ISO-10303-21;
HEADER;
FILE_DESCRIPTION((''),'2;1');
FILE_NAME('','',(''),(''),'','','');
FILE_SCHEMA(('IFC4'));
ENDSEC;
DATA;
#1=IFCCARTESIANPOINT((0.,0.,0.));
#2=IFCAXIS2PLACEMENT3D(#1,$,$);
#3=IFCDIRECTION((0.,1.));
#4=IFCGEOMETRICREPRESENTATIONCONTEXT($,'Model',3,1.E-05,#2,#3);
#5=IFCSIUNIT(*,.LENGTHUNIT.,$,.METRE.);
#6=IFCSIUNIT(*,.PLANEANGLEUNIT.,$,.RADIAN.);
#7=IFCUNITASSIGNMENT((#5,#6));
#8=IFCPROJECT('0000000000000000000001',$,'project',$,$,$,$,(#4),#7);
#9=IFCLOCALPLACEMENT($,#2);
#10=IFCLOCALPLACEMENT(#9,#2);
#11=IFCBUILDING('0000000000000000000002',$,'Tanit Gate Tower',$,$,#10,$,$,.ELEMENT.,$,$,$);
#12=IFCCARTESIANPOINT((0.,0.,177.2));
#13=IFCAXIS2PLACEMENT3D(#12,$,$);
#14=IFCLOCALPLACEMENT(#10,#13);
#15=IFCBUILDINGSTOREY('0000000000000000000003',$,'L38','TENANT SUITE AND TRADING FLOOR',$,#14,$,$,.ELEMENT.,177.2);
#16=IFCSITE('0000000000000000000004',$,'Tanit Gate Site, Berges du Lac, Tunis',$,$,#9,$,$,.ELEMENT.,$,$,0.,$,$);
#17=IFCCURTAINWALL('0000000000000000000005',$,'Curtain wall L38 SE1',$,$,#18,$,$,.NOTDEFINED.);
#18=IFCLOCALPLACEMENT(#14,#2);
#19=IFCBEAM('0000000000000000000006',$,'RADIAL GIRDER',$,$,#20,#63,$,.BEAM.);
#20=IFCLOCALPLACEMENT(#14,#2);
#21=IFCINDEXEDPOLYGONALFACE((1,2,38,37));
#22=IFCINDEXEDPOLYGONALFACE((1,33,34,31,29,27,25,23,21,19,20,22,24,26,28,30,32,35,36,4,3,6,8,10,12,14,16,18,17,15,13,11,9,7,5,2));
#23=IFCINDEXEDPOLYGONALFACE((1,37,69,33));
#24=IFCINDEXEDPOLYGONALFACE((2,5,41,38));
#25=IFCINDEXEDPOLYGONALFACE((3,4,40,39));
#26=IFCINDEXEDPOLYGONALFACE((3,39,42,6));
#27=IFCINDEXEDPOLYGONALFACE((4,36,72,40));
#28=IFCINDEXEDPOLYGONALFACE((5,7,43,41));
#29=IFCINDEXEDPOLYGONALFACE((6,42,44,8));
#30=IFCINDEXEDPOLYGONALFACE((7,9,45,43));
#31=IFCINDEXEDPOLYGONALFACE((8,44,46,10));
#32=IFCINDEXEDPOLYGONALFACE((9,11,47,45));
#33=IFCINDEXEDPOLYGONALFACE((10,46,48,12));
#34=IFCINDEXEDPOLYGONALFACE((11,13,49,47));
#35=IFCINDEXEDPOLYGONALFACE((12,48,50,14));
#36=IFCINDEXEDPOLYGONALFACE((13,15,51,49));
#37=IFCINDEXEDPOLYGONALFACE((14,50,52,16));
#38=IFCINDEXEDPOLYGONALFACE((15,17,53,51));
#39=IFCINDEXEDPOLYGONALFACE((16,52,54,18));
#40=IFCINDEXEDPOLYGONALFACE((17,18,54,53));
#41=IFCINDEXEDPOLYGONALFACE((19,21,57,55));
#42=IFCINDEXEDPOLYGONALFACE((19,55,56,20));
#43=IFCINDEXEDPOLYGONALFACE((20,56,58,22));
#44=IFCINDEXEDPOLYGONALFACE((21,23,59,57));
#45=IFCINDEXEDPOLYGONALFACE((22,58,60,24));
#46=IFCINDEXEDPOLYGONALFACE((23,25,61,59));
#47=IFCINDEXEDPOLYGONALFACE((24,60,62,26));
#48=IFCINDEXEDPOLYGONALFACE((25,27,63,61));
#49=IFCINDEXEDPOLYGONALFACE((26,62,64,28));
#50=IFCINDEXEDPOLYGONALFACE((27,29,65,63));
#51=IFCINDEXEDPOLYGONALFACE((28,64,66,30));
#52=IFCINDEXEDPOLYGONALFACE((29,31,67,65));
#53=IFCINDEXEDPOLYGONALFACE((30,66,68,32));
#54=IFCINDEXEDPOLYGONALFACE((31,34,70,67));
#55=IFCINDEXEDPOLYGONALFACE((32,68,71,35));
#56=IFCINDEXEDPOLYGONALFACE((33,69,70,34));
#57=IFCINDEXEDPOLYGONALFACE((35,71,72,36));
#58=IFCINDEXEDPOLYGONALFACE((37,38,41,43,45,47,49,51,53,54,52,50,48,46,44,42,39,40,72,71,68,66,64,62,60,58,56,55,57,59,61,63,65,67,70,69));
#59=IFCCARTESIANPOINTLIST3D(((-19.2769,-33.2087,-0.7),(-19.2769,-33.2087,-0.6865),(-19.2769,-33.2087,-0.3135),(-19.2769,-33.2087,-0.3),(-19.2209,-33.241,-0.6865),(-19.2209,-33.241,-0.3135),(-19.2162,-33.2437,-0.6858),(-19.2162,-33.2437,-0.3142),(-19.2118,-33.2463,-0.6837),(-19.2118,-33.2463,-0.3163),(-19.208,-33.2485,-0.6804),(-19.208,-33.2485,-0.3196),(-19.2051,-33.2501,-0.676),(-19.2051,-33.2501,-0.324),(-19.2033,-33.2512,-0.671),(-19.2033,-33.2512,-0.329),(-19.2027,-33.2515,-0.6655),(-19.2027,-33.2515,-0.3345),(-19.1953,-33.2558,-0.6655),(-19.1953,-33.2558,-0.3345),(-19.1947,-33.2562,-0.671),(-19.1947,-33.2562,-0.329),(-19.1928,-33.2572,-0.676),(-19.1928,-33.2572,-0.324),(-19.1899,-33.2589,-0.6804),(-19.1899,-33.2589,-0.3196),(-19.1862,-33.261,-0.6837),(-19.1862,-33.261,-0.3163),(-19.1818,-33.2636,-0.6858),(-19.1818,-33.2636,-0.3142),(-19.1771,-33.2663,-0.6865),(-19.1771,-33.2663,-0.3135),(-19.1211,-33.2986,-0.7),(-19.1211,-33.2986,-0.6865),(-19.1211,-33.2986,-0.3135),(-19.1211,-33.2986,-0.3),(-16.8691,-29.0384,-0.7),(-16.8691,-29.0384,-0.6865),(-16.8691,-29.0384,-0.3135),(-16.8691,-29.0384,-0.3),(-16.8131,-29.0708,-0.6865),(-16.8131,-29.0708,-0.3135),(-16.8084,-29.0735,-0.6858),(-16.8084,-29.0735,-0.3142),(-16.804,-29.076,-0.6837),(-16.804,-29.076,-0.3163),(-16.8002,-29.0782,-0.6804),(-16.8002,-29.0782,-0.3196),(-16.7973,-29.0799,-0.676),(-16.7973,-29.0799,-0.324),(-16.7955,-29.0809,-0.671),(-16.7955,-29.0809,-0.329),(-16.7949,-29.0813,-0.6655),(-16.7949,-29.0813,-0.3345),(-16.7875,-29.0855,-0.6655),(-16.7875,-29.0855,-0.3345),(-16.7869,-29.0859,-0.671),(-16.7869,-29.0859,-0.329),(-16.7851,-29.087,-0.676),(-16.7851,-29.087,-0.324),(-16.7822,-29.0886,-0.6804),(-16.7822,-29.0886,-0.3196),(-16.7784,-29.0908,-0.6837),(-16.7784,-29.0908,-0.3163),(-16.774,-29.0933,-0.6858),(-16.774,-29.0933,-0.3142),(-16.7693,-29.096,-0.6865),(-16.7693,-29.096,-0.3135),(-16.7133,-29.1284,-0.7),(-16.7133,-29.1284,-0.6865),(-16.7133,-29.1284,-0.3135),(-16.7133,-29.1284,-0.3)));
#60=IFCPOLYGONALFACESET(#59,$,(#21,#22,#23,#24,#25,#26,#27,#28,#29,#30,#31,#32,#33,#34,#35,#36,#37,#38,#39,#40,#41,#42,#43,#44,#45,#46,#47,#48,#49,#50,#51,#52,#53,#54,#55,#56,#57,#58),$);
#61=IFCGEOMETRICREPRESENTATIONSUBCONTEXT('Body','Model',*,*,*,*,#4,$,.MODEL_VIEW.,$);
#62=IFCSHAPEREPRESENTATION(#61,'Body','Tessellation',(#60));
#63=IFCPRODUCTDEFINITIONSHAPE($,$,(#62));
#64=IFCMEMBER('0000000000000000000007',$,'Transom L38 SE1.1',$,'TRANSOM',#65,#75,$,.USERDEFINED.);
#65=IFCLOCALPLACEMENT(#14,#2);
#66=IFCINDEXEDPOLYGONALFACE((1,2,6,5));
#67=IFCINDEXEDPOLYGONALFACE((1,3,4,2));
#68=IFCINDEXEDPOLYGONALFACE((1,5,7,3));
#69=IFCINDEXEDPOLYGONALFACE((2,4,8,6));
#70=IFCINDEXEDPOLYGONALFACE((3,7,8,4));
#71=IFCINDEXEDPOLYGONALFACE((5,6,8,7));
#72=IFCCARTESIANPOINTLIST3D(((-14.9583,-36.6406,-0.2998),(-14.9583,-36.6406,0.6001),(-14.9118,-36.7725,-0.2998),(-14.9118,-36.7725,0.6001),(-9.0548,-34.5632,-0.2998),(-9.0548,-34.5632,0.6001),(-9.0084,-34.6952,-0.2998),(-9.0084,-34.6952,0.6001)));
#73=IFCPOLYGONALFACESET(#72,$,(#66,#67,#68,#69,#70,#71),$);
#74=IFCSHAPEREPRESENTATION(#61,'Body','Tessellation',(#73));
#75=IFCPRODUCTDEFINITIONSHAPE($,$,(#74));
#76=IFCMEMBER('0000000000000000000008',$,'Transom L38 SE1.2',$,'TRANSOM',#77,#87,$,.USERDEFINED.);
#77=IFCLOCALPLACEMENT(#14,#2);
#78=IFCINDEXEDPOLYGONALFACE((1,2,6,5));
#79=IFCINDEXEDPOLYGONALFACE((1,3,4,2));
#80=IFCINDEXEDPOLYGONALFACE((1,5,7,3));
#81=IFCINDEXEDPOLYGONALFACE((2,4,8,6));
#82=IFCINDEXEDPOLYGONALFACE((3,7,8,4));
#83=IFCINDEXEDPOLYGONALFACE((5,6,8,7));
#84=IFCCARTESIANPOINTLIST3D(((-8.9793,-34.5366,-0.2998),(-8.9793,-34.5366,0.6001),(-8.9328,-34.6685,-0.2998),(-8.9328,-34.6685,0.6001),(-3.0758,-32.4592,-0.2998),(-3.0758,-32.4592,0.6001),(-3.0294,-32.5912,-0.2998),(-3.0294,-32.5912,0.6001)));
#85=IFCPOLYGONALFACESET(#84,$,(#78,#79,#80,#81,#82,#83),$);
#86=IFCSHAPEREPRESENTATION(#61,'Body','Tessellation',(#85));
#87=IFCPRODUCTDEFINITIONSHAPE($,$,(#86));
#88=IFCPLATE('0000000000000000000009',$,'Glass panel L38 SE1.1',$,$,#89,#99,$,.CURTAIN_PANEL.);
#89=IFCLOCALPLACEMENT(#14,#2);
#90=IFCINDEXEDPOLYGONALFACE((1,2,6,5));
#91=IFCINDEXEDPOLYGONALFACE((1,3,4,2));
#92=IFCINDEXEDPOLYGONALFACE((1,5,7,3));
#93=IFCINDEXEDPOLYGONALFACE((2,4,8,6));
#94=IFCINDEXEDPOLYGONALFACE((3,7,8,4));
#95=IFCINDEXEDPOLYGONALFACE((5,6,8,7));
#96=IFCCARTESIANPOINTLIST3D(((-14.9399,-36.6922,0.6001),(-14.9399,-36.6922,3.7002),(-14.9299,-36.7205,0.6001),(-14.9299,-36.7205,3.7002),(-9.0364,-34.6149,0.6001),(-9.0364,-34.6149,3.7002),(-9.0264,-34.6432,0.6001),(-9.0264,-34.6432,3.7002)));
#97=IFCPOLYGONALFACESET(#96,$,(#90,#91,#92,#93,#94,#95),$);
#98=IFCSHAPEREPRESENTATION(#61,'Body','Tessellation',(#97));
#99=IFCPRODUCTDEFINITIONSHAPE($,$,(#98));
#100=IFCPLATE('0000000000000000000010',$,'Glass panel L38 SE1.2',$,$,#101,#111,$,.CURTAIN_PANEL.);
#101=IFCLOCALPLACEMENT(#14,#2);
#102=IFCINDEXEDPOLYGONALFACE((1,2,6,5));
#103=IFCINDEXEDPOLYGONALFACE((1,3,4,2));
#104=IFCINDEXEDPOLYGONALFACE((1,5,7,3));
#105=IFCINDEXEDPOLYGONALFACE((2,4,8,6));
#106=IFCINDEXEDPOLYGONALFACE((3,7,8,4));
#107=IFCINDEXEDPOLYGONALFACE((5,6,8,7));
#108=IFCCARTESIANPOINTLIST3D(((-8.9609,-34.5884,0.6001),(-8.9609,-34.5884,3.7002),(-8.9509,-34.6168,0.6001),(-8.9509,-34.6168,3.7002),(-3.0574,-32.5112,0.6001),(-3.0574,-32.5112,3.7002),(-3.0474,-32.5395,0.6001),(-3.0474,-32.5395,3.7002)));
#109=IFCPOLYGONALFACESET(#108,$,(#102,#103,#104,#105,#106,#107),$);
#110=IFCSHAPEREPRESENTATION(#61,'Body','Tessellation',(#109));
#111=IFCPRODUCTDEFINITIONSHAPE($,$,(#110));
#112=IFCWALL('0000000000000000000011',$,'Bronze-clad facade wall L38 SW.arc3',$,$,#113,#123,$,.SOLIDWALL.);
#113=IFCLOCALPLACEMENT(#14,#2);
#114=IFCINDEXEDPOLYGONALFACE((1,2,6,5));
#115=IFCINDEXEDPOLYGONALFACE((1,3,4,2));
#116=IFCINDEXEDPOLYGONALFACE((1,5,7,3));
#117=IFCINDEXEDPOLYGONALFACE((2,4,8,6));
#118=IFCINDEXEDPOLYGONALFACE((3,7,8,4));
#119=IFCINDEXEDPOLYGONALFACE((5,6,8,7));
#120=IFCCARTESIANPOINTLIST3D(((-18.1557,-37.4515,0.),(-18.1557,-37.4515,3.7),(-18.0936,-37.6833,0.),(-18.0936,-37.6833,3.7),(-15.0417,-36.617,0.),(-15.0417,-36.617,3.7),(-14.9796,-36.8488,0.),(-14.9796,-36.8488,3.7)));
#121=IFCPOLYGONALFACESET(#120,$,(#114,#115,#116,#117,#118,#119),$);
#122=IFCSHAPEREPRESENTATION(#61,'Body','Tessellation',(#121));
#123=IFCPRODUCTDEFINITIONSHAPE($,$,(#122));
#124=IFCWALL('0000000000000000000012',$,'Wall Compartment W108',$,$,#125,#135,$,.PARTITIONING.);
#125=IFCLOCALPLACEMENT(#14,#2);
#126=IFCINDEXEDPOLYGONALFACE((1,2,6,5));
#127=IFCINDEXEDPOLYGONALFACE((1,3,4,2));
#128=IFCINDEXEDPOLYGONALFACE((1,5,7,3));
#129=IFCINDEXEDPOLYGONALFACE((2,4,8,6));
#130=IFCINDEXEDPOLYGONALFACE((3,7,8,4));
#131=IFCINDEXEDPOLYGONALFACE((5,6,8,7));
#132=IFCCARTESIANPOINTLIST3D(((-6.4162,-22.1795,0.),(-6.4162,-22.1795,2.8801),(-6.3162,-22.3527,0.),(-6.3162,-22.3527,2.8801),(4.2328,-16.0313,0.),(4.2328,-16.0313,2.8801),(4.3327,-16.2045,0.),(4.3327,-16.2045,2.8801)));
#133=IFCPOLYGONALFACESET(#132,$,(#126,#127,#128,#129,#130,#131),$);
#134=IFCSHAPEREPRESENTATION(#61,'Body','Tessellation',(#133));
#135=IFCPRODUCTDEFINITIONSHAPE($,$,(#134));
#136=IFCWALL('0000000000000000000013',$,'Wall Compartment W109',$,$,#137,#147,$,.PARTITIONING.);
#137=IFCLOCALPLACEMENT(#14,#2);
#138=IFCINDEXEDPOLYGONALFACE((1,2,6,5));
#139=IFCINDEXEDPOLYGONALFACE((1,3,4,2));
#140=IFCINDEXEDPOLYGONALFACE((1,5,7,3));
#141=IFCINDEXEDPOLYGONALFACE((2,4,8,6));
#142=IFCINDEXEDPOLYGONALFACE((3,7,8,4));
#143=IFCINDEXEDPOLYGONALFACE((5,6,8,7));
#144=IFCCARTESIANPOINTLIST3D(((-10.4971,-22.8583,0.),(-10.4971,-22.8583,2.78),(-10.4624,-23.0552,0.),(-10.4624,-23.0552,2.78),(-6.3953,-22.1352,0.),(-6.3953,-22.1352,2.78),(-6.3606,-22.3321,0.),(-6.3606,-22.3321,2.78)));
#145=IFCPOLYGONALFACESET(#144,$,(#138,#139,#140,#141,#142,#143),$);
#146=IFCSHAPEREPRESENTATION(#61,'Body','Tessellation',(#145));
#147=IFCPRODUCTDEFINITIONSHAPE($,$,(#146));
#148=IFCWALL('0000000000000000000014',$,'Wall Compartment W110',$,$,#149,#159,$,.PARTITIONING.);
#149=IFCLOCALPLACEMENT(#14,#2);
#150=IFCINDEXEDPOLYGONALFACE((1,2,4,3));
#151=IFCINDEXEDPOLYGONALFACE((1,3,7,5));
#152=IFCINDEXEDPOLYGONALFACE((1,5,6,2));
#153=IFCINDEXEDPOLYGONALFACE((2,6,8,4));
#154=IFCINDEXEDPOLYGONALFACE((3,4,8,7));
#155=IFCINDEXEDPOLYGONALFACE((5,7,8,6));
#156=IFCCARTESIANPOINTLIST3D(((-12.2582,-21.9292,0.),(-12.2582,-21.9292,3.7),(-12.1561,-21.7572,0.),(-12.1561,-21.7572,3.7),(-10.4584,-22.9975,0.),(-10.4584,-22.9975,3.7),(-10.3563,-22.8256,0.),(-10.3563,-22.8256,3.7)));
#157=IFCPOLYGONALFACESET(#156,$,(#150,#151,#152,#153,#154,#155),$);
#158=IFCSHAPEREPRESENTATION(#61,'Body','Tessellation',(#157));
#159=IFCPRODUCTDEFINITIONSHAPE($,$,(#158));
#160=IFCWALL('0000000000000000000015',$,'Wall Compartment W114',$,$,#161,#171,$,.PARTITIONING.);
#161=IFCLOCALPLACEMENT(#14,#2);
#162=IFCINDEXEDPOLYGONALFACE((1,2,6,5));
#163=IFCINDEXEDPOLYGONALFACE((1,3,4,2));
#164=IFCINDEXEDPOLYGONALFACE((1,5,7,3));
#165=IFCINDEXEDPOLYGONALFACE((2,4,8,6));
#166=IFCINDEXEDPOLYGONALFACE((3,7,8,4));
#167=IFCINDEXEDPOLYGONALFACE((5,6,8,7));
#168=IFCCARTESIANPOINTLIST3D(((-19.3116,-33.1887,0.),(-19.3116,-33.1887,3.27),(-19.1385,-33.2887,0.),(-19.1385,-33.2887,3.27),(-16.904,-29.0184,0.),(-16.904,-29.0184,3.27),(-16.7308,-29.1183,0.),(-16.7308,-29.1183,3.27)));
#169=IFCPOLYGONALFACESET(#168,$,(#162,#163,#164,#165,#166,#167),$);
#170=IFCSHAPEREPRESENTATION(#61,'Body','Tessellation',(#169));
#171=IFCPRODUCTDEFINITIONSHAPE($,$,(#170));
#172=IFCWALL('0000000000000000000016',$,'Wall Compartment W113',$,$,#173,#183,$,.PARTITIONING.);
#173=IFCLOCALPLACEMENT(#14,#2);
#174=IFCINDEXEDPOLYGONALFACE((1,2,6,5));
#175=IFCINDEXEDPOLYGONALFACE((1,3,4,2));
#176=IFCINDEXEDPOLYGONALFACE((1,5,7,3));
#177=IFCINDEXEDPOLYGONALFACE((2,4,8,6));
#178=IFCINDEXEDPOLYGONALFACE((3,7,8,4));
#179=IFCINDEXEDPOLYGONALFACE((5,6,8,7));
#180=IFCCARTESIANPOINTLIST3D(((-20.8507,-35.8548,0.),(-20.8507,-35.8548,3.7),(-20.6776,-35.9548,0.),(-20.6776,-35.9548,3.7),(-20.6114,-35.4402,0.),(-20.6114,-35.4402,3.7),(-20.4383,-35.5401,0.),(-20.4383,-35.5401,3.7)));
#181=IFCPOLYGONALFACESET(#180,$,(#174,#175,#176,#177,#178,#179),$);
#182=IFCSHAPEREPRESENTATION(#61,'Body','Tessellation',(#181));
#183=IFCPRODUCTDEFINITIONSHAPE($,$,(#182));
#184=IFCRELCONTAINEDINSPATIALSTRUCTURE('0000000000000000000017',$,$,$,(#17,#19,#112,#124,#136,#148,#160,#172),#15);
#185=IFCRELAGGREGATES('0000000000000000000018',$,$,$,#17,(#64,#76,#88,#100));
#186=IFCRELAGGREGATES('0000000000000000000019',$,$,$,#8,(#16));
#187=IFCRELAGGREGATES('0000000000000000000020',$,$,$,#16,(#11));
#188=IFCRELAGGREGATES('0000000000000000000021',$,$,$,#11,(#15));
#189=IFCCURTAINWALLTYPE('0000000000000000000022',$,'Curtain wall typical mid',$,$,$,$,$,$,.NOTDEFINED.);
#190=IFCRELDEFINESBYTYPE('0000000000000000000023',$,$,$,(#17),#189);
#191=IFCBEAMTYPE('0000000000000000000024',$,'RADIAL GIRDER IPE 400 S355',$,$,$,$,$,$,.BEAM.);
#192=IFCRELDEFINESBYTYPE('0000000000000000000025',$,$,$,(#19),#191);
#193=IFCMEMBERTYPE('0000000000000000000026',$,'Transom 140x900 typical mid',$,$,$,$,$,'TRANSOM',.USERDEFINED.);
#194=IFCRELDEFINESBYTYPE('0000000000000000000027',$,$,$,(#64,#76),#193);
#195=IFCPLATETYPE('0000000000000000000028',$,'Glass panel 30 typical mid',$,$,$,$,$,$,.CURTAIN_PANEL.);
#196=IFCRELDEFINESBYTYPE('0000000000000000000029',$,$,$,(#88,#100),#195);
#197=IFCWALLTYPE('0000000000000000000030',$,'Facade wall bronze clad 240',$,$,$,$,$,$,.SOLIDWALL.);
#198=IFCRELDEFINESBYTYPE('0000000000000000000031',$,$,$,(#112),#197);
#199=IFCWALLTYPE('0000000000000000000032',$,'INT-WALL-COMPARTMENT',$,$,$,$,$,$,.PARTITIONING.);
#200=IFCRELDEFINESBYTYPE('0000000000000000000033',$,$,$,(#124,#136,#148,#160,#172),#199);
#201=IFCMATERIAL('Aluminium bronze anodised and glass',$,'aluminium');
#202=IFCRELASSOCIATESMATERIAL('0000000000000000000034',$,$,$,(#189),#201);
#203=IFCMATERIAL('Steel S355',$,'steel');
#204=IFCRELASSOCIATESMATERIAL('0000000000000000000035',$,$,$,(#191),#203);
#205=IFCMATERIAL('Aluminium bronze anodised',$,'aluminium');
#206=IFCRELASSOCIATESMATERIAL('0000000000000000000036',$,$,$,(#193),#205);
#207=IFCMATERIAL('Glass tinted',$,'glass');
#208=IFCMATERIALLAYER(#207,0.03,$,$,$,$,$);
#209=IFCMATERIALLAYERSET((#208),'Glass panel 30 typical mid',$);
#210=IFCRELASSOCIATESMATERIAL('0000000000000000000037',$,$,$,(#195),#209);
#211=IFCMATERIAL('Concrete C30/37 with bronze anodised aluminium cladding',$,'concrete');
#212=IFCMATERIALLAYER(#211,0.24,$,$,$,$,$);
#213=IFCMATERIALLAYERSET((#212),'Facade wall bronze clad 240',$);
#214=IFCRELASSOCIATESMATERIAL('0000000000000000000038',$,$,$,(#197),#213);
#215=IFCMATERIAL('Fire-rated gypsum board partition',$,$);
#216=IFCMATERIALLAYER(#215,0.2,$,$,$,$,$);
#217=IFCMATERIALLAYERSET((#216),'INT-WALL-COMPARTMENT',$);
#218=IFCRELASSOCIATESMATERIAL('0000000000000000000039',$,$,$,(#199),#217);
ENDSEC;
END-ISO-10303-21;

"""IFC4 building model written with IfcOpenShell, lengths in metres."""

from ifc_helpers import new_model, si_unit, direction, frame, frame_2d, origin, origin_2d, place, context, subcontext, project, spatial, rectangle, i_section, extrude, material, layer, layer_set, material_profile, profile_set, type_object, element, aggregate, save


model = new_model("IFC4")

# Units and contexts
model_context = context("Model", 3, precision=1e-05, world=origin(), true_north=direction((0.0, 1.0)))
body_context = subcontext(model_context, "Body", "Model", "MODEL_VIEW")
ifc_project = project(units=[si_unit("LENGTHUNIT", "METRE"), si_unit("PLANEANGLEUNIT", "RADIAN")], contexts=[model_context])

# Site, building, storey
site_placement = place(None, origin())
site = spatial("IfcSite", under=ifc_project, at=site_placement, Name="Tanit Gate Site, Berges du Lac, Tunis", CompositionType="ELEMENT", RefElevation=0.0)
building_placement = place(site_placement, origin())
building = spatial("IfcBuilding", under=site, at=building_placement, Name="Tanit Gate Tower", CompositionType="ELEMENT")
storey_placement = place(building_placement, frame((0.0, 0.0, 177.2)))
storey = spatial("IfcBuildingStorey", under=building, at=storey_placement, Name="L38", Description="TENANT SUITE AND TRADING FLOOR", CompositionType="ELEMENT", Elevation=177.2)

# Curtain wall
ifc_material_1 = material(Name="Aluminium bronze anodised and glass", Category="aluminium")
curtain_wall_type = type_object("IfcCurtainWallType", Name="Curtain wall typical mid", PredefinedType="NOTDEFINED", material=ifc_material_1)
curtain_wall_placement = place(storey_placement, origin())
curtain_wall = element("IfcCurtainWall", 1, at=curtain_wall_placement, inside=storey, type_object=curtain_wall_type, Name="Curtain wall L38 SE1", PredefinedType="NOTDEFINED")

# Beam
ifc_material_2 = material(Name="Steel S355", Category="steel")
ifc_material_profile_1 = material_profile(ifc_material_2, i_section(OverallWidth=0.1799, OverallDepth=0.3999, WebThickness=0.0085, FlangeThickness=0.0134, FilletRadius=0.021, at=origin_2d()), Name="IPE 400")
ifc_profile_set_1 = profile_set([ifc_material_profile_1], Name="Steel S355")
beam_type_1 = type_object("IfcBeamType", Name="RADIAL GIRDER IPE 400 S355", PredefinedType="BEAM", material=ifc_profile_set_1)
beam_1_placement = place(storey_placement, frame((-19.199, -33.2537, -0.5), z_axis=(0.500011, 0.866019, 0.0), x_axis=(-0.866019, 0.500011, 0.0)))
element("IfcBeam", 2, at=beam_1_placement, inside=storey, type_object=beam_type_1, Name="RADIAL GIRDER", PredefinedType="BEAM", context=body_context, shape_type="SweptSolid", body=[
    extrude(i_section(OverallWidth=0.1799, OverallDepth=0.3999, WebThickness=0.0085, FlangeThickness=0.0134, FilletRadius=0.021, at=origin_2d()), origin(), (0.0, 0.0, 1.0), 4.8154),
])

# Members
ifc_material_3 = material(Name="Aluminium bronze anodised", Category="aluminium")
ifc_material_profile_2 = material_profile(ifc_material_3, rectangle(XDim=0.1399, YDim=0.8999, at=origin_2d()), Name="140x900 bronze transom")
ifc_profile_set_2 = profile_set([ifc_material_profile_2], Name="Aluminium bronze anodised")
member_type_1 = type_object("IfcMemberType", Name="Transom 140x900 typical mid", ElementType="TRANSOM", PredefinedType="USERDEFINED", material=ifc_profile_set_2)
member_1_placement = place(storey_placement, frame((-14.9351, -36.7065, 0.1501), z_axis=(0.943302, 0.331936, 0.0), x_axis=(-0.331936, 0.943302, 0.0)))
member_1 = element("IfcMember", 3, at=member_1_placement, type_object=member_type_1, Name="Transom L38 SE1.1", ObjectType="TRANSOM", PredefinedType="USERDEFINED", context=body_context, shape_type="SweptSolid", body=[
    extrude(rectangle(XDim=0.1399, YDim=0.8999, at=origin_2d()), origin(), (0.0, 0.0, 1.0), 6.2583),
])
member_2_placement = place(storey_placement, frame((-8.9561, -34.6025, 0.1501), z_axis=(0.943302, 0.331936, 0.0), x_axis=(-0.331936, 0.943302, 0.0)))
member_2 = element("IfcMember", 4, at=member_2_placement, type_object=member_type_1, Name="Transom L38 SE1.2", ObjectType="TRANSOM", PredefinedType="USERDEFINED", context=body_context, shape_type="SweptSolid", body=[
    extrude(rectangle(XDim=0.1399, YDim=0.8999, at=origin_2d()), origin(), (0.0, 0.0, 1.0), 6.2583),
])

# Plates
ifc_material_4 = material(Name="Glass tinted", Category="glass")
ifc_layer_1 = layer(ifc_material_4, 0.03)
ifc_layer_set_1 = layer_set([ifc_layer_1], Name="Glass panel 30 typical mid")
plate_type = type_object("IfcPlateType", Name="Glass panel 30 typical mid", PredefinedType="CURTAIN_PANEL", material=ifc_layer_set_1)
plate_1_placement = place(storey_placement, frame((-11.9832, -35.6677, 0.6001), z_axis=(0.0, 0.0, 1.0), x_axis=(0.943305, 0.331926, 0.0)))
plate_1 = element("IfcPlate", 5, at=plate_1_placement, type_object=plate_type, Name="Glass panel L38 SE1.1", PredefinedType="CURTAIN_PANEL", context=body_context, shape_type="SweptSolid", body=[
    extrude(rectangle(XDim=6.2583, YDim=0.03, at=origin_2d()), origin(), (0.0, 0.0, 1.0), 3.1001),
])
plate_2_placement = place(storey_placement, frame((-6.0042, -33.564, 0.6001), z_axis=(0.0, 0.0, 1.0), x_axis=(0.943305, 0.331926, 0.0)))
plate_2 = element("IfcPlate", 6, at=plate_2_placement, type_object=plate_type, Name="Glass panel L38 SE1.2", PredefinedType="CURTAIN_PANEL", context=body_context, shape_type="SweptSolid", body=[
    extrude(rectangle(XDim=6.2583, YDim=0.03, at=origin_2d()), origin(), (0.0, 0.0, 1.0), 3.1001),
])
aggregate(curtain_wall, [member_1, member_2, plate_1, plate_2])

# Walls
ifc_material_5 = material(Name="Concrete C30/37 with bronze anodised aluminium cladding", Category="concrete")
ifc_layer_2 = layer(ifc_material_5, 0.24)
ifc_layer_set_2 = layer_set([ifc_layer_2], Name="Facade wall bronze clad 240")
wall_type_1 = type_object("IfcWallType", Name="Facade wall bronze clad 240", PredefinedType="SOLIDWALL", material=ifc_layer_set_2)
wall_1_placement = place(storey_placement, frame((-18.1245, -37.5674, 0.0), z_axis=(0.0, 0.0, 1.0), x_axis=(0.96592, 0.258841, 0.0)))
element("IfcWall", 7, at=wall_1_placement, inside=storey, type_object=wall_type_1, Name="Bronze-clad facade wall L38 SW.arc3", PredefinedType="SOLIDWALL", context=body_context, shape_type="SweptSolid", body=[
    extrude(rectangle(XDim=3.2239, YDim=0.24, at=frame_2d((1.6118, 0.0))), origin(), (0.0, 0.0, 1.0), 3.7),
])
ifc_material_6 = material(Name="Fire-rated gypsum board partition")
ifc_layer_3 = layer(ifc_material_6, 0.2)
ifc_layer_set_3 = layer_set([ifc_layer_3], Name="INT-WALL-COMPARTMENT")
wall_type_2 = type_object("IfcWallType", Name="INT-WALL-COMPARTMENT", PredefinedType="PARTITIONING", material=ifc_layer_set_3)
wall_2_placement = place(storey_placement, frame((-6.3662, -22.2661, 0.0), z_axis=(0.0, 0.0, 1.0), x_axis=(0.866024, 0.500002, 0.0)))
element("IfcWall", 8, at=wall_2_placement, inside=storey, type_object=wall_type_2, Name="Wall Compartment W108", PredefinedType="PARTITIONING", context=body_context, shape_type="SweptSolid", body=[
    extrude(rectangle(XDim=12.2964, YDim=0.2, at=frame_2d((6.1482, 0.0))), origin(), (0.0, 0.0, 1.0), 2.8801),
])
wall_3_placement = place(storey_placement, frame((-10.4797, -22.9568, 0.0), z_axis=(0.0, 0.0, 1.0), x_axis=(0.984812, 0.173621, 0.0)))
element("IfcWall", 9, at=wall_3_placement, inside=storey, type_object=wall_type_2, Name="Wall Compartment W109", PredefinedType="PARTITIONING", context=body_context, shape_type="SweptSolid", body=[
    extrude(rectangle(XDim=4.165, YDim=0.2, at=frame_2d((2.0825, 0.0))), origin(), (0.0, 0.0, 1.0), 2.78),
])
wall_4_placement = place(storey_placement, frame((-12.207, -21.8433, 0.0), z_axis=(0.0, 0.0, 1.0), x_axis=(0.859912, -0.510442, 0.0)))
element("IfcWall", 10, at=wall_4_placement, inside=storey, type_object=wall_type_2, Name="Wall Compartment W110", PredefinedType="PARTITIONING", context=body_context, shape_type="SweptSolid", body=[
    extrude(rectangle(XDim=2.093, YDim=0.2, at=frame_2d((1.0464, 0.0))), origin(), (0.0, 0.0, 1.0), 3.7),
])
wall_5_placement = place(storey_placement, frame((-16.8174, -29.0684, 0.0), z_axis=(0.0, 0.0, 1.0), x_axis=(-0.499989, -0.866032, 0.0)))
element("IfcWall", 11, at=wall_5_placement, inside=storey, type_object=wall_type_2, Name="Wall Compartment W114", PredefinedType="PARTITIONING", context=body_context, shape_type="SweptSolid", body=[
    extrude(rectangle(XDim=4.8154, YDim=0.2, at=frame_2d((2.4077, 0.0))), origin(), (0.0, 0.0, 1.0), 3.27),
])
wall_6_placement = place(storey_placement, frame((-20.5249, -35.4902, 0.0), z_axis=(0.0, 0.0, 1.0), x_axis=(-0.49987, -0.866101, 0.0)))
element("IfcWall", 12, at=wall_6_placement, inside=storey, type_object=wall_type_2, Name="Wall Compartment W113", PredefinedType="PARTITIONING", context=body_context, shape_type="SweptSolid", body=[
    extrude(rectangle(XDim=0.4788, YDim=0.2, at=frame_2d((0.2393, 0.0))), origin(), (0.0, 0.0, 1.0), 3.7),
])

save(model, "model.ifc")
